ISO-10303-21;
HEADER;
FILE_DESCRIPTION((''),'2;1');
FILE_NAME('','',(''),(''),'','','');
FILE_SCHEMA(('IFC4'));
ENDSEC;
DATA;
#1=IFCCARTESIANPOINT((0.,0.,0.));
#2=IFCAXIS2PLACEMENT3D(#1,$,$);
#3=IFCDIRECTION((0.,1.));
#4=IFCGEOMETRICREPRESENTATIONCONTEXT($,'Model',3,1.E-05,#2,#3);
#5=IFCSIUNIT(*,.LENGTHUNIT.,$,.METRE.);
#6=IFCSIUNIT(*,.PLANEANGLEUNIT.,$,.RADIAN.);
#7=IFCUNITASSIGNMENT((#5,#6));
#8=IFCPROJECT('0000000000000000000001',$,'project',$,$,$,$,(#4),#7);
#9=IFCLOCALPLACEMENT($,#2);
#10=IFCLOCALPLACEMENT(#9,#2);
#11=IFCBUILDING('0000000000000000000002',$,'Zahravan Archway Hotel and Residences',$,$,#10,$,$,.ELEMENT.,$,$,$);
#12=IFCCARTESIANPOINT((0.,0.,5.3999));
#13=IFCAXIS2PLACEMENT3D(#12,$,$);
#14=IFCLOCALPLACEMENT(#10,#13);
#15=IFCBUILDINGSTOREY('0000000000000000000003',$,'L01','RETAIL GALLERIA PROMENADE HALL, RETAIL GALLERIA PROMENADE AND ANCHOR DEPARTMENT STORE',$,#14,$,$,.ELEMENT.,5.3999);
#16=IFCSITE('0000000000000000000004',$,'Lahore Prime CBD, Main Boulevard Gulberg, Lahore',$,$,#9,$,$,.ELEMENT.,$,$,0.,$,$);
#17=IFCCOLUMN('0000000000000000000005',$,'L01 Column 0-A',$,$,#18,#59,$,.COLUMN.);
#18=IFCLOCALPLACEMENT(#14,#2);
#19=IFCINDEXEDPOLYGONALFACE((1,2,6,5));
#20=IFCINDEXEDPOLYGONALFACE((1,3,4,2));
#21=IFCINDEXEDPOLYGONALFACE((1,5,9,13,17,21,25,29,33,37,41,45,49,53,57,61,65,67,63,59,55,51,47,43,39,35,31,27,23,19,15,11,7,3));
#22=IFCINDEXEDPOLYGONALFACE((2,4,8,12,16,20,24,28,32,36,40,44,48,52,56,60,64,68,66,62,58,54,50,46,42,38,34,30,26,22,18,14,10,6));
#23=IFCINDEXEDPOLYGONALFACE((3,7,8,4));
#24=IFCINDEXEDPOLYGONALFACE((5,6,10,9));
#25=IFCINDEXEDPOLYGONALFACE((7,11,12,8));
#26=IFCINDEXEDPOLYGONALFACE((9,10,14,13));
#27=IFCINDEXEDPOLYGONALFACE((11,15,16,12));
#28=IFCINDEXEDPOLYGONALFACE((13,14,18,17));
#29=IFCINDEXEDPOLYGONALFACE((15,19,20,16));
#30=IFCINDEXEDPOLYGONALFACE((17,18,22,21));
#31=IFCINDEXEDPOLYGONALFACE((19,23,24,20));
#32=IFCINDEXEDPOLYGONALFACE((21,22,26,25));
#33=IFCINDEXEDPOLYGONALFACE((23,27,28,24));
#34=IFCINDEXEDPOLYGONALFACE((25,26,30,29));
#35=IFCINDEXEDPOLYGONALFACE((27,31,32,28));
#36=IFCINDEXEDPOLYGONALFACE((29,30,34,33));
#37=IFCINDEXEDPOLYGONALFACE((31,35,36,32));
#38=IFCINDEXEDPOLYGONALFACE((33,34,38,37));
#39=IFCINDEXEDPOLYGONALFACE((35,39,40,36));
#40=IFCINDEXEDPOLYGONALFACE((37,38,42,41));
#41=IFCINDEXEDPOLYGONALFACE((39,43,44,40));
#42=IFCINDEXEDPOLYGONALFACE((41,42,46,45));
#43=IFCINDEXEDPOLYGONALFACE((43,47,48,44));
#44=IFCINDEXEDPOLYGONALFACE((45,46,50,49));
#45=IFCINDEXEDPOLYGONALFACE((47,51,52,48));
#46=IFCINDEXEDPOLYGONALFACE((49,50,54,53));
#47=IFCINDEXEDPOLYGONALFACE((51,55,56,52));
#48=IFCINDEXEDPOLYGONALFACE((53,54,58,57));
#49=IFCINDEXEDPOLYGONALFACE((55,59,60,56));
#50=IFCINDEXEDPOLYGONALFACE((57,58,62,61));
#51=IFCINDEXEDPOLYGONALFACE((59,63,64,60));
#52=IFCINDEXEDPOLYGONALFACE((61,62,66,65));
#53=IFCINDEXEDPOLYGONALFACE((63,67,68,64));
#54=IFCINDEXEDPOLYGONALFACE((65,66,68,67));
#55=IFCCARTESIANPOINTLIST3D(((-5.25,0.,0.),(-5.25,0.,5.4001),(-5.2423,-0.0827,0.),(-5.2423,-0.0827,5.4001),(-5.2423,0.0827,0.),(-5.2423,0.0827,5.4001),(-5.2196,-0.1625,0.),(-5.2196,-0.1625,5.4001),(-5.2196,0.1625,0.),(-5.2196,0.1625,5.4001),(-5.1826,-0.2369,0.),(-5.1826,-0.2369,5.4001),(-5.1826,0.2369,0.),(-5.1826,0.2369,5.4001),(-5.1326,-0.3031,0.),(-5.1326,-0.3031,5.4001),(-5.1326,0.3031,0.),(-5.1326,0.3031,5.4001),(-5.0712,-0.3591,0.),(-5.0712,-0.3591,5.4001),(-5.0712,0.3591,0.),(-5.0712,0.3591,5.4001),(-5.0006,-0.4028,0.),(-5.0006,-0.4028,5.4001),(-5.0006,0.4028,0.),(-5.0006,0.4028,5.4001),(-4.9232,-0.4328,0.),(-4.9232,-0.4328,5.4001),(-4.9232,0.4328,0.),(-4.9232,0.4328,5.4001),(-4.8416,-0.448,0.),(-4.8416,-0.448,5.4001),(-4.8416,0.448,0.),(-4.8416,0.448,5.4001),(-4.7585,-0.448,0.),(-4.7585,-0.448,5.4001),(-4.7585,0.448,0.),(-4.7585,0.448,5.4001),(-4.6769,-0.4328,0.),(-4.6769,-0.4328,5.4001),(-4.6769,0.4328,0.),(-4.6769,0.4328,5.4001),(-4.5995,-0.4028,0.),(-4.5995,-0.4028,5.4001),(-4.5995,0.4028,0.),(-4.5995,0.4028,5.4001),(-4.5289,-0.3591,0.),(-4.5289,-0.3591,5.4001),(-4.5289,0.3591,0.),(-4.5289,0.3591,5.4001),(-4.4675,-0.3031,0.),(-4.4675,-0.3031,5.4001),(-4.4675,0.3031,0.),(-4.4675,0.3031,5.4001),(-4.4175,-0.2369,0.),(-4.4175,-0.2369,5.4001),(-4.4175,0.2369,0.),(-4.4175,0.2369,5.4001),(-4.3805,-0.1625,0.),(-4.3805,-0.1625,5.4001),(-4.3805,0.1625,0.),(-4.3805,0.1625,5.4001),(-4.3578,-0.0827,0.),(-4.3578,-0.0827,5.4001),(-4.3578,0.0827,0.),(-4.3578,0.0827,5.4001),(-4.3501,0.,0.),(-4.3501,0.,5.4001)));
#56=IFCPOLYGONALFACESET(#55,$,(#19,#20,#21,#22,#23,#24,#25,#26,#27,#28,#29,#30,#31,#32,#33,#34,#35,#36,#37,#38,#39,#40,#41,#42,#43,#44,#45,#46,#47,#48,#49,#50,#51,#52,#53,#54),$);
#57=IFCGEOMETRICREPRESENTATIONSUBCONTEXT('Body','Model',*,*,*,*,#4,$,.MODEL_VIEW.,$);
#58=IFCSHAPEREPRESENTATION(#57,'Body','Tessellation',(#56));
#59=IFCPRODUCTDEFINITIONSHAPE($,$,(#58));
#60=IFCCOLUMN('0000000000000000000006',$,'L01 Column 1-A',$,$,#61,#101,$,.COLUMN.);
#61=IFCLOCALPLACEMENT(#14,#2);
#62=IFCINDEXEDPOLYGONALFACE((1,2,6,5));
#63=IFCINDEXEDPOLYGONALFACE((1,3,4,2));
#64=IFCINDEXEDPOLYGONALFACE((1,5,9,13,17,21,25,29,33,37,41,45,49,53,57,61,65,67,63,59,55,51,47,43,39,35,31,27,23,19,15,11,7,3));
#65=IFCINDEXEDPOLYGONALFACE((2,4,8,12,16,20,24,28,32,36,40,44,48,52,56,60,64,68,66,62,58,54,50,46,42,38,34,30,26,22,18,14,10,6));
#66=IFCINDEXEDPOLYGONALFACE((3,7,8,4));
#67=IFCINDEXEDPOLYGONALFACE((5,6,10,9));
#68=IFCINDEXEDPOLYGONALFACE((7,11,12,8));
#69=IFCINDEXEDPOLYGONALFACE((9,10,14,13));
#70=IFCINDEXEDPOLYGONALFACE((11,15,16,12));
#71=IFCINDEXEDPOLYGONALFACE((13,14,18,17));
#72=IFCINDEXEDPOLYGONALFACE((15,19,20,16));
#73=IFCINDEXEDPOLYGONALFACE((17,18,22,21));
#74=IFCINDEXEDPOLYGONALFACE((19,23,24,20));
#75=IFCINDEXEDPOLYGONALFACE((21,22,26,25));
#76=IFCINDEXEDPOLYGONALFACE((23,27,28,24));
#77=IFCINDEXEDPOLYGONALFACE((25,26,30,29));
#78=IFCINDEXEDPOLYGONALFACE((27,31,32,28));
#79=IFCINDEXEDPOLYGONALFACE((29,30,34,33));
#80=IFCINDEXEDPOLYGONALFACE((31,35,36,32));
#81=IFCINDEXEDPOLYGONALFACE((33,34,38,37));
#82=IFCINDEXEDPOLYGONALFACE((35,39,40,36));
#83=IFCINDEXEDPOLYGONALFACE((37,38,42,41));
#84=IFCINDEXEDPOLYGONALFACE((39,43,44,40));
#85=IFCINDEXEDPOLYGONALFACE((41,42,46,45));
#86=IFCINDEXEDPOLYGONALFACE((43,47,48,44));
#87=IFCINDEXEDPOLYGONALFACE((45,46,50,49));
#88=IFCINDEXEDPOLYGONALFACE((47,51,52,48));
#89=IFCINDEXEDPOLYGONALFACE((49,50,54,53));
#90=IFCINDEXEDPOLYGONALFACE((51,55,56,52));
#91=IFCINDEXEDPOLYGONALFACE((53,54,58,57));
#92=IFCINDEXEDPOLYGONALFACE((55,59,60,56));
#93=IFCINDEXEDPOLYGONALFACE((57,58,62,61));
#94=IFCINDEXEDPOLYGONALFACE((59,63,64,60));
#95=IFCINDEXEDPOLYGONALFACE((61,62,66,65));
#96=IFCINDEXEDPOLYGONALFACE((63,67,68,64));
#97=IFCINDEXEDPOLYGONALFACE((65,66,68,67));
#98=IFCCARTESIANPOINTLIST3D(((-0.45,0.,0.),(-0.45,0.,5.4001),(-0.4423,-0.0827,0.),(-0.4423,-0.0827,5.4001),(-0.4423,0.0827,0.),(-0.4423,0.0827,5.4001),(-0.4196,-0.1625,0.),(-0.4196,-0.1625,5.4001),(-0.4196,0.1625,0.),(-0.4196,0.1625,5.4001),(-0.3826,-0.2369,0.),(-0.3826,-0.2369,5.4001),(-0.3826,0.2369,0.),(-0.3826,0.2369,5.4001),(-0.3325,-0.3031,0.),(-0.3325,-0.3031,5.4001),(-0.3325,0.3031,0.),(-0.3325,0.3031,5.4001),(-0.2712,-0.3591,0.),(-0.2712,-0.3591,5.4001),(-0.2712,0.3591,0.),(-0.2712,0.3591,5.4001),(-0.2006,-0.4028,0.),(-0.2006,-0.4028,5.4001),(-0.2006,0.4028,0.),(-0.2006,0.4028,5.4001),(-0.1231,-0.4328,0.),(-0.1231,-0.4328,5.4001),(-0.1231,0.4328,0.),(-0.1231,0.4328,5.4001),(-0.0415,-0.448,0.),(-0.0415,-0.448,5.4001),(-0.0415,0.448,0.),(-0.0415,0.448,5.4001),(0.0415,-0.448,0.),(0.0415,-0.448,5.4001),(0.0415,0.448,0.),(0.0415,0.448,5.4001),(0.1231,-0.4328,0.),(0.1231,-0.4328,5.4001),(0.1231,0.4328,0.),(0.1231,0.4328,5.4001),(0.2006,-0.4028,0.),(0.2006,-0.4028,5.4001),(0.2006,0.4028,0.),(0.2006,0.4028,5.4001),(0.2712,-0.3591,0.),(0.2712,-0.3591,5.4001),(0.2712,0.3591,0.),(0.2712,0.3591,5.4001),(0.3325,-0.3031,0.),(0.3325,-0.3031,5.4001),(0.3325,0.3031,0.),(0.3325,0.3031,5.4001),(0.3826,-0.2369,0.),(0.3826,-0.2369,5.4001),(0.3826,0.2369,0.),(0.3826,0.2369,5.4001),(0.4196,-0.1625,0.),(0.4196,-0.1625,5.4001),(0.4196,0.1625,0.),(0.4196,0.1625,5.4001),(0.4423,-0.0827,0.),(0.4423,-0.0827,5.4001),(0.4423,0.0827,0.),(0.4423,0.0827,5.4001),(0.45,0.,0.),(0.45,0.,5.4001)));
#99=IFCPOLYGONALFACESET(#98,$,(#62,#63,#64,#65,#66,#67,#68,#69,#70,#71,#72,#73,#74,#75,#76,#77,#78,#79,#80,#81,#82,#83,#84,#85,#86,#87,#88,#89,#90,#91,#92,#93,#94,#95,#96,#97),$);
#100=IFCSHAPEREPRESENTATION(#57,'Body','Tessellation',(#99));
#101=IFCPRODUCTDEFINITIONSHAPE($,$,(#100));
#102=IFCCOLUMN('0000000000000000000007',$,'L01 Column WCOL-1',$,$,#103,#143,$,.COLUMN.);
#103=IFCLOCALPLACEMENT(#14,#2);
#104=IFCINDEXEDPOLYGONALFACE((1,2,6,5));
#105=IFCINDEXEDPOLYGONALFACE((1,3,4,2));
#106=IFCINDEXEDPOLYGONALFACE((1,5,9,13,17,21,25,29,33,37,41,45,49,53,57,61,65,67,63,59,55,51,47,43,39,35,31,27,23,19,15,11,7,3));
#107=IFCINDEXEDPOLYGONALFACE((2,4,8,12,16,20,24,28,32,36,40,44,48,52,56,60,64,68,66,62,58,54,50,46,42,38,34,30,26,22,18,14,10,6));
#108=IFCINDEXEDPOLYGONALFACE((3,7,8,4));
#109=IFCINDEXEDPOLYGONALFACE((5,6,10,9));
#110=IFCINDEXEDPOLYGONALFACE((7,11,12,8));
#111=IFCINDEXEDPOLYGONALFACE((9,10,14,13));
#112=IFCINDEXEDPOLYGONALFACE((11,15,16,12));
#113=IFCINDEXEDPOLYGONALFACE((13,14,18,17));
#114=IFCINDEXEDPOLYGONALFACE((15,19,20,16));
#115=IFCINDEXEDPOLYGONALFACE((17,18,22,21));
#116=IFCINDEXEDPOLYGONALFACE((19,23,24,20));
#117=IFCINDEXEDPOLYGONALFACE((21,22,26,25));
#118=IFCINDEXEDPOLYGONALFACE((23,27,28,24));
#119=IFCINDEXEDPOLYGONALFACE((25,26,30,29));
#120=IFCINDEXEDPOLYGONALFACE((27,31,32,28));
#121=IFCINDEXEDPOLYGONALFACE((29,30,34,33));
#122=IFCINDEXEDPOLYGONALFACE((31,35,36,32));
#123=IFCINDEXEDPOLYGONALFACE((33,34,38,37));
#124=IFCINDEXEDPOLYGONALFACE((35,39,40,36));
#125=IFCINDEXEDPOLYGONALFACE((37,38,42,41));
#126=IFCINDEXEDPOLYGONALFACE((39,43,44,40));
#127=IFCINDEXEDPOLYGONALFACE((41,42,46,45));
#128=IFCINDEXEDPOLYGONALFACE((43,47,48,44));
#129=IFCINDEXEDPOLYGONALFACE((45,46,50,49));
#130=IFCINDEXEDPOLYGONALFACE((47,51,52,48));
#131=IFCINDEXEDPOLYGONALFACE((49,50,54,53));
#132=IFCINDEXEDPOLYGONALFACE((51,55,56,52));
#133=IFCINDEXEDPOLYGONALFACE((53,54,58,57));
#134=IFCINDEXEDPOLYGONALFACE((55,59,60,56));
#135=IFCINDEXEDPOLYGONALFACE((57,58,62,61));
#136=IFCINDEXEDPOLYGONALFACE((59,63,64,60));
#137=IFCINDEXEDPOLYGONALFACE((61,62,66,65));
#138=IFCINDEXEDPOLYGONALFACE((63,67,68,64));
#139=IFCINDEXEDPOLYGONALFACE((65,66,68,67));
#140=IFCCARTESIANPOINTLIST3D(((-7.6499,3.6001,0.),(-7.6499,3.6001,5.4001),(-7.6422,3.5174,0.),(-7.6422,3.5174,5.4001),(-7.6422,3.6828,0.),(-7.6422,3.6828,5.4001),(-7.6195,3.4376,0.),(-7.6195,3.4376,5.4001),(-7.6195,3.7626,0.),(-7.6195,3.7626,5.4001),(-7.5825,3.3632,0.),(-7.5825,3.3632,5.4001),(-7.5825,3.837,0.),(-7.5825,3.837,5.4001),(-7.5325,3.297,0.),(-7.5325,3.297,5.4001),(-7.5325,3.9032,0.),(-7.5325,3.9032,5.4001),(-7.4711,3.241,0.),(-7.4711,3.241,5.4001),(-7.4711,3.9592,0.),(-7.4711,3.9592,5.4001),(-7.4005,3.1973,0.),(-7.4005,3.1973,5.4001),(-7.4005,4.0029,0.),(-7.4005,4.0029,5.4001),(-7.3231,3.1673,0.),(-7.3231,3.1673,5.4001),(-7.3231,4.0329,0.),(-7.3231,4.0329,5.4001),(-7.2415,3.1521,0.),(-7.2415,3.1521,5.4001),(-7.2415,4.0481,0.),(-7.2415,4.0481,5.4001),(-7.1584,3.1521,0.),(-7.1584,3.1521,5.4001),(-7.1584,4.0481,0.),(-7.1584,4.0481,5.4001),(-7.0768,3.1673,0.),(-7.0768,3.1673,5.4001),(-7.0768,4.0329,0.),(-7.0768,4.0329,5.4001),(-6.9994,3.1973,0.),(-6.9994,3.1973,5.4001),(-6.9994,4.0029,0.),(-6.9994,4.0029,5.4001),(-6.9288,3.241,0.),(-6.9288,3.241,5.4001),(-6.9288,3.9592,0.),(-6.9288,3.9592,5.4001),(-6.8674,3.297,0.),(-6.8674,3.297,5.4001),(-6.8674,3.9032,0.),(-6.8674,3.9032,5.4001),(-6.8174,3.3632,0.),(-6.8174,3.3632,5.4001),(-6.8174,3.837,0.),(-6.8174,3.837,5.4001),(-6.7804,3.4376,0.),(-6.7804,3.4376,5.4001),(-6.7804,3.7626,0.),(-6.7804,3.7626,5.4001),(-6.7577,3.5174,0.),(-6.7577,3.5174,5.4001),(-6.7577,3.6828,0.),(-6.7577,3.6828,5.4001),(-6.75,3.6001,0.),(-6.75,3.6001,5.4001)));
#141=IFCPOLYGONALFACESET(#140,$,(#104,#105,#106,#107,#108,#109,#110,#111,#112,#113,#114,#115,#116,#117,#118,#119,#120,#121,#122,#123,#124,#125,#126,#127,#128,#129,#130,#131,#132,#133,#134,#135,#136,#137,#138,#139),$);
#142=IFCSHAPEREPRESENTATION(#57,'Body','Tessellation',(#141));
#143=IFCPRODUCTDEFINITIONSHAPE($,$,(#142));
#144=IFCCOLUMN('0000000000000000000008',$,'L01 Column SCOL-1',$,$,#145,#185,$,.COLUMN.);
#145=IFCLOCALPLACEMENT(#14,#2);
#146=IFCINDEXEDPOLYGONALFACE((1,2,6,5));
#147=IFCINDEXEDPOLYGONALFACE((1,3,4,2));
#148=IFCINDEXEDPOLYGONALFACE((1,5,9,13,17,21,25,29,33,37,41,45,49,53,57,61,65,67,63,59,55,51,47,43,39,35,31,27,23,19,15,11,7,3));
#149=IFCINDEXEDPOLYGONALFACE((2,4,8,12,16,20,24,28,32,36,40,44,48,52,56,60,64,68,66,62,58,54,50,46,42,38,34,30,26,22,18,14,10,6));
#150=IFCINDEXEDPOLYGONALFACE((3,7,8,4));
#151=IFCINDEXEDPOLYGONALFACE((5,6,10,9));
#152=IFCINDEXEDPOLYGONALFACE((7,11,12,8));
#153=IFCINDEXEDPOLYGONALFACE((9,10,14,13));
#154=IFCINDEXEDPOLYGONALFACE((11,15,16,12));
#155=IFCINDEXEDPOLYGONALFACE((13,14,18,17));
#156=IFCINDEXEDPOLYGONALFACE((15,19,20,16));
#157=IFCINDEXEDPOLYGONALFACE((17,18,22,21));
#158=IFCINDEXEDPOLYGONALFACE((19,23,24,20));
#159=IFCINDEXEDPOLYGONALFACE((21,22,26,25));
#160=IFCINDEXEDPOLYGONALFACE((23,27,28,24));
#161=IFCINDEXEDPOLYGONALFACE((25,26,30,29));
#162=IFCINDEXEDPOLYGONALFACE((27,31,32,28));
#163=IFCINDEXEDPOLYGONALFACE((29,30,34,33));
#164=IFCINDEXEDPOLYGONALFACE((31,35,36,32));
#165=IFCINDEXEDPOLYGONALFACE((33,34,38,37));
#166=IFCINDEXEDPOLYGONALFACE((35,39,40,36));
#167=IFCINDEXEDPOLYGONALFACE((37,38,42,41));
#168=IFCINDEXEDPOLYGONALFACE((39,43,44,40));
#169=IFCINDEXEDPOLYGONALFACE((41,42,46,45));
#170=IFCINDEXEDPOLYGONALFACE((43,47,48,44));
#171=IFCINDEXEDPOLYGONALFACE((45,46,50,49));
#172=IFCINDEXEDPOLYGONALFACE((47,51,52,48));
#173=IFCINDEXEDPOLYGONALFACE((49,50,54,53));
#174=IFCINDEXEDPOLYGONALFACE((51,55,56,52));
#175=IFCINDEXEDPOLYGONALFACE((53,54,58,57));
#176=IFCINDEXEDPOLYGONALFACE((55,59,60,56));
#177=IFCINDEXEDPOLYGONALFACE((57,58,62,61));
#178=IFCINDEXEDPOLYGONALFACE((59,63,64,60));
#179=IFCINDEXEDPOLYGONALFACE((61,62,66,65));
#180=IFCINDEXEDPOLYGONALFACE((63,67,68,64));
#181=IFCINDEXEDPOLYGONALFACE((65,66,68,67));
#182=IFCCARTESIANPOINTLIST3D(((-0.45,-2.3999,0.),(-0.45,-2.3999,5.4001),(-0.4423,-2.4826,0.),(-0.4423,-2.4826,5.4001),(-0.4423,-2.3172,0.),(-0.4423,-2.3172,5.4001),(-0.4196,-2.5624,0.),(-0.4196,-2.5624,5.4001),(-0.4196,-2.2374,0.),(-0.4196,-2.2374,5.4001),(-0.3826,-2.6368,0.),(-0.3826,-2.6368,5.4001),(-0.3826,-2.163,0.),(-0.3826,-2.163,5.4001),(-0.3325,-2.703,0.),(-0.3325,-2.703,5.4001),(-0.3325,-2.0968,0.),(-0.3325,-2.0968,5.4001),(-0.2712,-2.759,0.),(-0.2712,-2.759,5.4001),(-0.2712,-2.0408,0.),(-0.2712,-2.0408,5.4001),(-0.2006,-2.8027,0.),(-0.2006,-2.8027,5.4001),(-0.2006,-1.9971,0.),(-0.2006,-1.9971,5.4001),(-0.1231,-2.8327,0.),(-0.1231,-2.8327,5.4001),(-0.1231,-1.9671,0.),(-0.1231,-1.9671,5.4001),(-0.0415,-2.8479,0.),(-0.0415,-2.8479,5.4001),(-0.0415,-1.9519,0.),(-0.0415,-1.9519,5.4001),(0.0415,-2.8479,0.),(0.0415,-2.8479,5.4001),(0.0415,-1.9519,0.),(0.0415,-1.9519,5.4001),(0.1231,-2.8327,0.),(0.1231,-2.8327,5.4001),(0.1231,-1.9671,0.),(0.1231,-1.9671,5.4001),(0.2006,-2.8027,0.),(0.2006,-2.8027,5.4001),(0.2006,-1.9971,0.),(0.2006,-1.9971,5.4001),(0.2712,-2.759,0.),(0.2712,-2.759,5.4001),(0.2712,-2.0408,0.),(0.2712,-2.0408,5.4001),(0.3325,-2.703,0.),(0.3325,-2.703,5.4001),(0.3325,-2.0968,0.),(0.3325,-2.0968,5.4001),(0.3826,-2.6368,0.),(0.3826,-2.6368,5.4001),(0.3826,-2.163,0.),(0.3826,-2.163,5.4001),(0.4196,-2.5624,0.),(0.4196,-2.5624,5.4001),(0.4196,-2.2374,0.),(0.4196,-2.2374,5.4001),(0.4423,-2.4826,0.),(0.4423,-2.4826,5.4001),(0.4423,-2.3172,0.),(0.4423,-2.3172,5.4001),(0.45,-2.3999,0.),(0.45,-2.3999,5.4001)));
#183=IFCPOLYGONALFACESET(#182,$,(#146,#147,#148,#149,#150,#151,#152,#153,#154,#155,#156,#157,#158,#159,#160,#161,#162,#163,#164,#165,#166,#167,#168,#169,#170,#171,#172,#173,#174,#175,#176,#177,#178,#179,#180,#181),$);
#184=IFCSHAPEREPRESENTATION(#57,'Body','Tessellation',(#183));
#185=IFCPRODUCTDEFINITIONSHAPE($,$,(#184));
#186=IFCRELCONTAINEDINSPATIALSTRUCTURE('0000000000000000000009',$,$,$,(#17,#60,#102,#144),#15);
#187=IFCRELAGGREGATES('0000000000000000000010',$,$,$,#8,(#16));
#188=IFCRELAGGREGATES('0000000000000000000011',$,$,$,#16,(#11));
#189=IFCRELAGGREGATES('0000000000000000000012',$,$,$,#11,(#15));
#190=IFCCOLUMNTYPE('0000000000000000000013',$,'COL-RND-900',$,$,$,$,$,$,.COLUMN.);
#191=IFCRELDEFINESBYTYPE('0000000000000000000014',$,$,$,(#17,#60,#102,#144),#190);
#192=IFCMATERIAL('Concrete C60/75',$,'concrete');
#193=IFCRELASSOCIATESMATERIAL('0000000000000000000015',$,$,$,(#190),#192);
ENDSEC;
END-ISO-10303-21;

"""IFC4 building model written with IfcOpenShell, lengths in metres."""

from ifc_helpers import new_model, si_unit, direction, frame, origin, origin_2d, place, context, subcontext, project, spatial, circle, extrude, source, transform, mapped, material, material_profile, profile_set, type_object, element, save


model = new_model("IFC4")

# Units and contexts
model_context = context("Model", 3, precision=1e-05, world=origin(), true_north=direction((0.0, 1.0)))
body_context = subcontext(model_context, "Body", "Model", "MODEL_VIEW")
ifc_project = project(units=[si_unit("LENGTHUNIT", "METRE"), si_unit("PLANEANGLEUNIT", "RADIAN")], contexts=[model_context])

# Site, building, storey
site_placement = place(None, origin())
site = spatial("IfcSite", under=ifc_project, at=site_placement, Name="Lahore Prime CBD, Main Boulevard Gulberg, Lahore", CompositionType="ELEMENT", RefElevation=0.0)
building_placement = place(site_placement, origin())
building = spatial("IfcBuilding", under=site, at=building_placement, Name="Zahravan Archway Hotel and Residences", CompositionType="ELEMENT")
storey_placement = place(building_placement, frame((0.0, 0.0, 5.3999)))
storey = spatial("IfcBuildingStorey", under=building, at=storey_placement, Name="L01", Description="RETAIL GALLERIA PROMENADE HALL, RETAIL GALLERIA PROMENADE AND ANCHOR DEPARTMENT STORE", CompositionType="ELEMENT", Elevation=5.3999)

# Columns
ifc_material_1 = material(Name="Concrete C60/75", Category="concrete")
ifc_material_profile_1 = material_profile(ifc_material_1, circle(Radius=0.45, at=origin_2d()), Name="RC-CIRC-900", Category="concrete")
ifc_profile_set_1 = profile_set([ifc_material_profile_1], Name="Concrete C60/75")
column_type = type_object("IfcColumnType", Name="COL-RND-900", PredefinedType="COLUMN", material=ifc_profile_set_1)
shared_shape_1 = source(origin(), body_context, "Body", "SweptSolid", [
    extrude(circle(Radius=0.45, at=origin_2d()), origin(), (0.0, 0.0, 1.0), 5.4001),
])
for number, where, z_axis, x_axis, name in (
    (1, (-4.8, 0.0, 0.0), (0.0, 0.0, 1.0), (1.0, 0.0, 0.0), "L01 Column 0-A"),
    (2, (0.0, 0.0, 0.0), (0.0, 0.0, 1.0), (1.0, 0.0, 0.0), "L01 Column 1-A"),
    (3, (-7.2, 3.6001, 0.0), (0.0, 0.0, 1.0), (1.0, 0.0, 0.0), "L01 Column WCOL-1"),
    (4, (0.0, -2.3999, 0.0), (0.0, 0.0, 1.0), (1.0, 0.0, 0.0), "L01 Column SCOL-1"),
):
    element("IfcColumn", number, at=place(storey_placement, frame(where, z_axis=z_axis, x_axis=x_axis)), inside=storey, type_object=column_type, Name=name, PredefinedType="COLUMN", context=body_context, shape_type="MappedRepresentation", body=[
        mapped(shared_shape_1, transform((0.0, 0.0, 0.0), scale=1.0)),
    ])

save(model, "model.ifc")
